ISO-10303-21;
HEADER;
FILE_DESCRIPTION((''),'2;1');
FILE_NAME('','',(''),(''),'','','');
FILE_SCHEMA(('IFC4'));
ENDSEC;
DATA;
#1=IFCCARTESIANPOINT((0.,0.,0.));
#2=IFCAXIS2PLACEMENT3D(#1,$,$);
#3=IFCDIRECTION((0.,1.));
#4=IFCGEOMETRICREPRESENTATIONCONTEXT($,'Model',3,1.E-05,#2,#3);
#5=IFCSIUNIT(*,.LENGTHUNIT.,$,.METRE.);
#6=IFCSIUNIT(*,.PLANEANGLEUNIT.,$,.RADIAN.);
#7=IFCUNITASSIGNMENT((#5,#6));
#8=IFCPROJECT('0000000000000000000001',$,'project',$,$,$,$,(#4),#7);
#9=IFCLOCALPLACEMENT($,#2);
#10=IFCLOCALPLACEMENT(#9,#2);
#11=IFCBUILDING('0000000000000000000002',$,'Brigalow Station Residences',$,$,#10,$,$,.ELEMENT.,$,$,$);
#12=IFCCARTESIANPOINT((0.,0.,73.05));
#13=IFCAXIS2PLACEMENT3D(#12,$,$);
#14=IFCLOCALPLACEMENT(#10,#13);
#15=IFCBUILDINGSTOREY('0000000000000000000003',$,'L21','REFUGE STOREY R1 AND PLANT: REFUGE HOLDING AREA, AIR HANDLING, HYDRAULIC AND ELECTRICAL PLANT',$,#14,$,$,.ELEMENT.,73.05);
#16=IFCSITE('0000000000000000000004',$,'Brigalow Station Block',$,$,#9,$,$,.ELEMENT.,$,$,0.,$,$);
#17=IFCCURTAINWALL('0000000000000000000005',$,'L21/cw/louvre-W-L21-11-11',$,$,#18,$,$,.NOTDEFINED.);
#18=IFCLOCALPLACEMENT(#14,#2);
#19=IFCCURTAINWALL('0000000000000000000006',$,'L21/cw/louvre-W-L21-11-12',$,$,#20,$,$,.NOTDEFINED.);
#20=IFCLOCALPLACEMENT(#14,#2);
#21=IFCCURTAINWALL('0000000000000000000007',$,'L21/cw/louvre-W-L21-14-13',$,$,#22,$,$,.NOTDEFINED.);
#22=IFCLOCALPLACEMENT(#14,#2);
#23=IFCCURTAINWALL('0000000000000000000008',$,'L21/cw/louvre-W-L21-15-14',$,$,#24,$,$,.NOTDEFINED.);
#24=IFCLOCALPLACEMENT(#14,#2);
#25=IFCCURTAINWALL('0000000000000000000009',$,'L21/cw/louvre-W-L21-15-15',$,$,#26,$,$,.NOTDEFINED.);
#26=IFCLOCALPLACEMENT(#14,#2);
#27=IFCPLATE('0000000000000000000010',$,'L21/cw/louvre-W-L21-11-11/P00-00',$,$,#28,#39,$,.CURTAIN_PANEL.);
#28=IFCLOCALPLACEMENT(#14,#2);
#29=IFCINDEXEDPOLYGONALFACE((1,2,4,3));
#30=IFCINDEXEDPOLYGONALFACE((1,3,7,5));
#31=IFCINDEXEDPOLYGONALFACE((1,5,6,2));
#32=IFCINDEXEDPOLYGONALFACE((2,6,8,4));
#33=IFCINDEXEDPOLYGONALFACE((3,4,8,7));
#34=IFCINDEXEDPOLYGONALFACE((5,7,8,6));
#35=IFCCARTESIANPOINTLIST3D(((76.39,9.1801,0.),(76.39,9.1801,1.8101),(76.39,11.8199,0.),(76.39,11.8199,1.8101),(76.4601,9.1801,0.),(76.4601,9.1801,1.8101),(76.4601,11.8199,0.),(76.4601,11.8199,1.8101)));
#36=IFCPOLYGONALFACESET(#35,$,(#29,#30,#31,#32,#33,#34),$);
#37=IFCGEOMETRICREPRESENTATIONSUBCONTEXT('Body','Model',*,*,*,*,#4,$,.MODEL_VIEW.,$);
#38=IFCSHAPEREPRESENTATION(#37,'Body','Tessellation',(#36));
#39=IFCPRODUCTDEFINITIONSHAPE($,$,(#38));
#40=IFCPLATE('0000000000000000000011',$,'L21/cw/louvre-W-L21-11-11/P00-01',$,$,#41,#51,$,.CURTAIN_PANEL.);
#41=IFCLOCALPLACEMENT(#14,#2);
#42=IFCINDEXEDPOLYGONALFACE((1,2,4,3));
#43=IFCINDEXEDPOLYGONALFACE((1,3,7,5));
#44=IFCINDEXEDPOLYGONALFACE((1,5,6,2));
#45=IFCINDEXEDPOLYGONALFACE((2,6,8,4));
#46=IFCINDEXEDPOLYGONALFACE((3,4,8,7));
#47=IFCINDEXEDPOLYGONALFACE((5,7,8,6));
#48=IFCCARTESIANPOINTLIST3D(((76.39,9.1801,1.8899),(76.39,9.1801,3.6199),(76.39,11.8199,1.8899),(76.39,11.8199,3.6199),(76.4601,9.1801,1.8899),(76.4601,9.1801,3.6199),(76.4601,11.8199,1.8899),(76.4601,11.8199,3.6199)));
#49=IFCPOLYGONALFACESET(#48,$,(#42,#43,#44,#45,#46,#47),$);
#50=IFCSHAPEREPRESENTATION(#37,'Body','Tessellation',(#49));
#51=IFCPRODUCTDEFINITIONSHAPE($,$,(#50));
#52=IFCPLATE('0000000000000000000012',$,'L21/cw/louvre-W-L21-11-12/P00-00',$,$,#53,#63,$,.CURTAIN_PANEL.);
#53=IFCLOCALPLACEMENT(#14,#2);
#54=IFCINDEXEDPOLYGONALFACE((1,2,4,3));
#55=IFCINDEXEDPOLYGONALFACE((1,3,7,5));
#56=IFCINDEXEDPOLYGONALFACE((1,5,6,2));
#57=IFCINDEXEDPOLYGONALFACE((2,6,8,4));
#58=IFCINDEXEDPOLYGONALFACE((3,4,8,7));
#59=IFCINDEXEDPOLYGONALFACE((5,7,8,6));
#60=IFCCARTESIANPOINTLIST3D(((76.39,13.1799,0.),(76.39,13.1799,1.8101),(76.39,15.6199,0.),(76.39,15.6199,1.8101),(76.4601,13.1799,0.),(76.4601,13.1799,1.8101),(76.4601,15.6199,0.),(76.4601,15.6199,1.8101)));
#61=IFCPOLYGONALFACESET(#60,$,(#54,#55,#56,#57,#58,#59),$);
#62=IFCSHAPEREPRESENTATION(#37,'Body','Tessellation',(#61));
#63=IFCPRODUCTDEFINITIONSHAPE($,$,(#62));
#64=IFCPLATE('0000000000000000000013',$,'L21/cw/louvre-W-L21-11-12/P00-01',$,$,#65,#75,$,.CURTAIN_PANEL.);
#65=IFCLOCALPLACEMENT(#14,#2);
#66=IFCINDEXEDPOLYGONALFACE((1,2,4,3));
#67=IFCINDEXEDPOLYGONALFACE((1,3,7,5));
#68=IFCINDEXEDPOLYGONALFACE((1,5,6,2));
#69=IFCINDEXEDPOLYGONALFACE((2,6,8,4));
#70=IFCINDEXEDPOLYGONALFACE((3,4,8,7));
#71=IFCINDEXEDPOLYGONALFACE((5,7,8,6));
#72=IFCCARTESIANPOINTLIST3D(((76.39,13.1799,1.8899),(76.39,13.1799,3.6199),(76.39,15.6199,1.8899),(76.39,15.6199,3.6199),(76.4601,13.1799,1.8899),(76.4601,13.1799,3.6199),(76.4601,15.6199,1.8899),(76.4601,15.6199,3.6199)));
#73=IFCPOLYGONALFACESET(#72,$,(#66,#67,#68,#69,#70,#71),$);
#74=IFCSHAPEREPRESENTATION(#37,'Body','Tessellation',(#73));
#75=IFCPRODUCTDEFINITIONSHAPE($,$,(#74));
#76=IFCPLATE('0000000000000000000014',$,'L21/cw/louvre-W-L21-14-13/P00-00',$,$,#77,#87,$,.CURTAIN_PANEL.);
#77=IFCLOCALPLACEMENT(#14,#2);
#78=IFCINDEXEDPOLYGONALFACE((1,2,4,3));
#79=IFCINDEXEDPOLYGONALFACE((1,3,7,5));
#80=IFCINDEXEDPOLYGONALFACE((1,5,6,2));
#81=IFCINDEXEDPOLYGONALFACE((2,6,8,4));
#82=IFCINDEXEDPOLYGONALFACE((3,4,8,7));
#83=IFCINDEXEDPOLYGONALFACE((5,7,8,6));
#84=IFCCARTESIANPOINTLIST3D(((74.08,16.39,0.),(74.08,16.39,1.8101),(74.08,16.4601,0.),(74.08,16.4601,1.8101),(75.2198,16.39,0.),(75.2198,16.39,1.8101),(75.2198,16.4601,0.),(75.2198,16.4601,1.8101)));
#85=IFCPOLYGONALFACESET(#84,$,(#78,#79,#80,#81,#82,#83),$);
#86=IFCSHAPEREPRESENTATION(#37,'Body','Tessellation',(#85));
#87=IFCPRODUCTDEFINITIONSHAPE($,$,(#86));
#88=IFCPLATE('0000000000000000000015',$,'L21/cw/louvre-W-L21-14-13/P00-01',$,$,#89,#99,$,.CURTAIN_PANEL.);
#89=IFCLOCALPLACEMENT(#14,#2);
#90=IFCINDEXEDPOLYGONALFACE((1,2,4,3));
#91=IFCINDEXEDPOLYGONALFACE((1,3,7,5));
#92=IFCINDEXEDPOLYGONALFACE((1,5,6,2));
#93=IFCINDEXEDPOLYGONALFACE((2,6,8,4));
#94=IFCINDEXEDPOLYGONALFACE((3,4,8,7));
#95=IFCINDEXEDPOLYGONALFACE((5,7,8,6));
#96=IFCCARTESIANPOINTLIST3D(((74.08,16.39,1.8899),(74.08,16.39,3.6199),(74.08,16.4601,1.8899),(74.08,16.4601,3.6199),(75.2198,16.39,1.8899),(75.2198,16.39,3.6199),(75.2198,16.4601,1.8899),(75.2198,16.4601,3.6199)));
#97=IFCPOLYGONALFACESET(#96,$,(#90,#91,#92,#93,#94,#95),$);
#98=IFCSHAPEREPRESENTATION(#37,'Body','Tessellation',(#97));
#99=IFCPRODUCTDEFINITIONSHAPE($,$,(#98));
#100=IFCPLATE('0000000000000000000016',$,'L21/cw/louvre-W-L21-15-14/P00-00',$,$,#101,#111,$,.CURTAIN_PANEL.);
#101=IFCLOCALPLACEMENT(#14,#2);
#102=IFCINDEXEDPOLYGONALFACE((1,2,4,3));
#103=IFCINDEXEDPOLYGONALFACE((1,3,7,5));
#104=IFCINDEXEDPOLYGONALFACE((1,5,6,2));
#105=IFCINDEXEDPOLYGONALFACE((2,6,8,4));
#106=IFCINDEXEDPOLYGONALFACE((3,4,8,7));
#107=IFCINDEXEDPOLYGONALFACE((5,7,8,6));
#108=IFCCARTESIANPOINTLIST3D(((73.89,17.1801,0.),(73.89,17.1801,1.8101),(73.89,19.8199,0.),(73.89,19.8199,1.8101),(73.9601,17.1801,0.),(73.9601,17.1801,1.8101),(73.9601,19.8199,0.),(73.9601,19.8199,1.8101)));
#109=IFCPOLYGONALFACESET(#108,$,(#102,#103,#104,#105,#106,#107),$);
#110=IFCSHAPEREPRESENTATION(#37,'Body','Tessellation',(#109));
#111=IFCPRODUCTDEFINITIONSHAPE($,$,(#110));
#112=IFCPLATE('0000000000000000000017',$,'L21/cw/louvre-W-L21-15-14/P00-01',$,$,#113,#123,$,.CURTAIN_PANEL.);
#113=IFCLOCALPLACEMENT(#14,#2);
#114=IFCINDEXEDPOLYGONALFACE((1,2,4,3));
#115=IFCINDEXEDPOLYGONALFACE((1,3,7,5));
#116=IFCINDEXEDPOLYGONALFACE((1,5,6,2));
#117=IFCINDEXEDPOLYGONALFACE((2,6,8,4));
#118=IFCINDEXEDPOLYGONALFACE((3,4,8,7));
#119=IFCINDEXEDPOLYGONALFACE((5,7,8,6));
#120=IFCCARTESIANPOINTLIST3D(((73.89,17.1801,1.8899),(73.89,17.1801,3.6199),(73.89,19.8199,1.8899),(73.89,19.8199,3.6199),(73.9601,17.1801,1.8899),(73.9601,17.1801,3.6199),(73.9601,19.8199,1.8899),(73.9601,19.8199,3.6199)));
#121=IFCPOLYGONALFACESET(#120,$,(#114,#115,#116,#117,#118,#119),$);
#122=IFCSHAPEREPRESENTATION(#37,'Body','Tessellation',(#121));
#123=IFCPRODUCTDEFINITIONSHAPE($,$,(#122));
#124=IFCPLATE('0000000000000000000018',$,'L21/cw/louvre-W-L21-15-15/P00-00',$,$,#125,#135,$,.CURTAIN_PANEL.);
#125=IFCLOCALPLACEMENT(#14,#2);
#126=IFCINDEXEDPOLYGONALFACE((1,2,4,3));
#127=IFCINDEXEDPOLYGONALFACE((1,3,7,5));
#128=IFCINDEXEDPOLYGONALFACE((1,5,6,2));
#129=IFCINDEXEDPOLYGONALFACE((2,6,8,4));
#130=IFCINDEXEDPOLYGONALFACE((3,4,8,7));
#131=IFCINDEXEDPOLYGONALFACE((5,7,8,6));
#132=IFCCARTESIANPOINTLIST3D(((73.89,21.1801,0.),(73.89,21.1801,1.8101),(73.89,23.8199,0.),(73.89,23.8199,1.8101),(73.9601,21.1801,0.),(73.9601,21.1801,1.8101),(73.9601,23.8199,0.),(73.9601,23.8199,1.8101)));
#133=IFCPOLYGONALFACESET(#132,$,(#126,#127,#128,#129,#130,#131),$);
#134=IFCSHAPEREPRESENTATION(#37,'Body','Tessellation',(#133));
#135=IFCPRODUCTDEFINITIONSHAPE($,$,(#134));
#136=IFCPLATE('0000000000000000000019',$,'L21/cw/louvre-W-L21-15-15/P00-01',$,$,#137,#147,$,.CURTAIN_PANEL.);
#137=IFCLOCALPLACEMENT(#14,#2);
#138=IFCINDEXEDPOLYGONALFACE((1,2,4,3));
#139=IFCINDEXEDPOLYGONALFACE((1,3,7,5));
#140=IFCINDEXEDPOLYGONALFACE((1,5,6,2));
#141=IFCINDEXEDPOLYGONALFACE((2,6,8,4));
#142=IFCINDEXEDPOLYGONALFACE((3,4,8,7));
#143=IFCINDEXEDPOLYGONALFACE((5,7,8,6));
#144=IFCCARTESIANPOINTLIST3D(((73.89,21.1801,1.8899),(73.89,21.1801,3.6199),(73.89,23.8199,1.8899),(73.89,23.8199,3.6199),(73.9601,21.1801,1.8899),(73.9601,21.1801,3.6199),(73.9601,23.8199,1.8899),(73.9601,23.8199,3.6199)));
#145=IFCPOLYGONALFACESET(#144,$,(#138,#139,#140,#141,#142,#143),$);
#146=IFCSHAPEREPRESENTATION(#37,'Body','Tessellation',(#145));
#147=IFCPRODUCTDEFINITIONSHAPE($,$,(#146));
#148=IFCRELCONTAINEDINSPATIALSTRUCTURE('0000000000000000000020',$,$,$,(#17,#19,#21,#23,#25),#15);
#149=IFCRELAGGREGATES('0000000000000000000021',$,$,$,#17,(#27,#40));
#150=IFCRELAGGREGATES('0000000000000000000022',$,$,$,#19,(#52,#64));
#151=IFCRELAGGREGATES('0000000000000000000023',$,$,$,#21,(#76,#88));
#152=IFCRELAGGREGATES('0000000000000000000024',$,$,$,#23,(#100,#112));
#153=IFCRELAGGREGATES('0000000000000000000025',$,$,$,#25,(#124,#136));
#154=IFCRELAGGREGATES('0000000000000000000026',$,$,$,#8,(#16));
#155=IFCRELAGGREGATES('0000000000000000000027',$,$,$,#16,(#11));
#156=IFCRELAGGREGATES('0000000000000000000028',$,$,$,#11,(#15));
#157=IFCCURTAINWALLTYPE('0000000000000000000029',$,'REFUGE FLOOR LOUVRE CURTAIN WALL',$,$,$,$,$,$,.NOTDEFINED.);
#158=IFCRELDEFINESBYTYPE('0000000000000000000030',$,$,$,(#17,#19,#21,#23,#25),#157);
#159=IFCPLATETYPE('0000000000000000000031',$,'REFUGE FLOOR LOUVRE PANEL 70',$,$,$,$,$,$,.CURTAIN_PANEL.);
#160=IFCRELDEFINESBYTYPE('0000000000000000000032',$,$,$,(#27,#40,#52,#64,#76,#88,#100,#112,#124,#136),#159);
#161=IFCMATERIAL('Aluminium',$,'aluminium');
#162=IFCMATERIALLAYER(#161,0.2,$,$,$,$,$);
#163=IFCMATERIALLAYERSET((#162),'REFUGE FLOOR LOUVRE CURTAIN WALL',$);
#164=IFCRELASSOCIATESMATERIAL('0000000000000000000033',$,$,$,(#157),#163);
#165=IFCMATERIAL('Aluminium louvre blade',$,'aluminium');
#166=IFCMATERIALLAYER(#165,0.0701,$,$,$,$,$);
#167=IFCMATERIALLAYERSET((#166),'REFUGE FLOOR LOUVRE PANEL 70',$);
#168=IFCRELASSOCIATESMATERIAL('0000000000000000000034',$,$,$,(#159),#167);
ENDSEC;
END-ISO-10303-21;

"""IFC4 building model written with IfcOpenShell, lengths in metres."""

from ifc_helpers import new_model, si_unit, direction, frame, origin, origin_2d, place, context, subcontext, project, spatial, rectangle, extrude, material, layer, layer_set, type_object, element, aggregate, save


model = new_model("IFC4")

# Units and contexts
model_context = context("Model", 3, precision=1e-05, world=origin(), true_north=direction((0.0, 1.0)))
body_context = subcontext(model_context, "Body", "Model", "MODEL_VIEW")
ifc_project = project(units=[si_unit("LENGTHUNIT", "METRE"), si_unit("PLANEANGLEUNIT", "RADIAN")], contexts=[model_context])

# Site, building, storey
site_placement = place(None, origin())
site = spatial("IfcSite", under=ifc_project, at=site_placement, Name="Brigalow Station Block", CompositionType="ELEMENT", RefElevation=0.0)
building_placement = place(site_placement, origin())
building = spatial("IfcBuilding", under=site, at=building_placement, Name="Brigalow Station Residences", CompositionType="ELEMENT")
storey_placement = place(building_placement, frame((0.0, 0.0, 73.05)))
storey = spatial("IfcBuildingStorey", under=building, at=storey_placement, Name="L21", Description="REFUGE STOREY R1 AND PLANT: REFUGE HOLDING AREA, AIR HANDLING, HYDRAULIC AND ELECTRICAL PLANT", CompositionType="ELEMENT", Elevation=73.05)

# Curtain walls
ifc_material_1 = material(Name="Aluminium", Category="aluminium")
ifc_layer_1 = layer(ifc_material_1, 0.2)
ifc_layer_set_1 = layer_set([ifc_layer_1], Name="REFUGE FLOOR LOUVRE CURTAIN WALL")
curtain_wall_type = type_object("IfcCurtainWallType", Name="REFUGE FLOOR LOUVRE CURTAIN WALL", PredefinedType="NOTDEFINED", material=ifc_layer_set_1)
curtain_wall_1_placement = place(storey_placement, origin())
curtain_wall_1 = element("IfcCurtainWall", 1, at=curtain_wall_1_placement, inside=storey, type_object=curtain_wall_type, Name="L21/cw/louvre-W-L21-11-11", PredefinedType="NOTDEFINED")
curtain_wall_2_placement = place(storey_placement, origin())
curtain_wall_2 = element("IfcCurtainWall", 2, at=curtain_wall_2_placement, inside=storey, type_object=curtain_wall_type, Name="L21/cw/louvre-W-L21-11-12", PredefinedType="NOTDEFINED")
curtain_wall_3_placement = place(storey_placement, origin())
curtain_wall_3 = element("IfcCurtainWall", 3, at=curtain_wall_3_placement, inside=storey, type_object=curtain_wall_type, Name="L21/cw/louvre-W-L21-14-13", PredefinedType="NOTDEFINED")
curtain_wall_4_placement = place(storey_placement, origin())
curtain_wall_4 = element("IfcCurtainWall", 4, at=curtain_wall_4_placement, inside=storey, type_object=curtain_wall_type, Name="L21/cw/louvre-W-L21-15-14", PredefinedType="NOTDEFINED")
curtain_wall_5_placement = place(storey_placement, origin())
curtain_wall_5 = element("IfcCurtainWall", 5, at=curtain_wall_5_placement, inside=storey, type_object=curtain_wall_type, Name="L21/cw/louvre-W-L21-15-15", PredefinedType="NOTDEFINED")

# Plates
ifc_material_2 = material(Name="Aluminium louvre blade", Category="aluminium")
ifc_layer_2 = layer(ifc_material_2, 0.0701)
ifc_layer_set_2 = layer_set([ifc_layer_2], Name="REFUGE FLOOR LOUVRE PANEL 70")
plate_type = type_object("IfcPlateType", Name="REFUGE FLOOR LOUVRE PANEL 70", PredefinedType="CURTAIN_PANEL", material=ifc_layer_set_2)
plate_1_placement = place(storey_placement, frame((76.425, 10.5, 0.0), z_axis=(0.0, 0.0, 1.0), x_axis=(0.0, 1.0, 0.0)))
plate_1 = element("IfcPlate", 6, at=plate_1_placement, type_object=plate_type, Name="L21/cw/louvre-W-L21-11-11/P00-00", PredefinedType="CURTAIN_PANEL", context=body_context, shape_type="SweptSolid", body=[
    extrude(rectangle(XDim=2.6399, YDim=0.0701, at=origin_2d()), origin(), (0.0, 0.0, 1.0), 1.8101),
])
plate_2_placement = place(storey_placement, frame((76.425, 10.5, 1.8899), z_axis=(0.0, 0.0, 1.0), x_axis=(0.0, 1.0, 0.0)))
plate_2 = element("IfcPlate", 7, at=plate_2_placement, type_object=plate_type, Name="L21/cw/louvre-W-L21-11-11/P00-01", PredefinedType="CURTAIN_PANEL", context=body_context, shape_type="SweptSolid", body=[
    extrude(rectangle(XDim=2.6399, YDim=0.0701, at=origin_2d()), origin(), (0.0, 0.0, 1.0), 1.73),
])
aggregate(curtain_wall_1, [plate_1, plate_2])
plate_3_placement = place(storey_placement, frame((76.425, 14.3999, 0.0), z_axis=(0.0, 0.0, 1.0), x_axis=(0.0, 1.0, 0.0)))
plate_3 = element("IfcPlate", 8, at=plate_3_placement, type_object=plate_type, Name="L21/cw/louvre-W-L21-11-12/P00-00", PredefinedType="CURTAIN_PANEL", context=body_context, shape_type="SweptSolid", body=[
    extrude(rectangle(XDim=2.4399, YDim=0.0701, at=origin_2d()), origin(), (0.0, 0.0, 1.0), 1.8101),
])
plate_4_placement = place(storey_placement, frame((76.425, 14.3999, 1.8899), z_axis=(0.0, 0.0, 1.0), x_axis=(0.0, 1.0, 0.0)))
plate_4 = element("IfcPlate", 9, at=plate_4_placement, type_object=plate_type, Name="L21/cw/louvre-W-L21-11-12/P00-01", PredefinedType="CURTAIN_PANEL", context=body_context, shape_type="SweptSolid", body=[
    extrude(rectangle(XDim=2.4399, YDim=0.0701, at=origin_2d()), origin(), (0.0, 0.0, 1.0), 1.73),
])
aggregate(curtain_wall_2, [plate_3, plate_4])
plate_5_placement = place(storey_placement, frame((74.6499, 16.425, 0.0), z_axis=(0.0, 0.0, 1.0), x_axis=(-1.0, 0.0, 0.0)))
plate_5 = element("IfcPlate", 10, at=plate_5_placement, type_object=plate_type, Name="L21/cw/louvre-W-L21-14-13/P00-00", PredefinedType="CURTAIN_PANEL", context=body_context, shape_type="SweptSolid", body=[
    extrude(rectangle(XDim=1.1399, YDim=0.0701, at=origin_2d()), origin(), (0.0, 0.0, 1.0), 1.8101),
])
plate_6_placement = place(storey_placement, frame((74.6499, 16.425, 1.8899), z_axis=(0.0, 0.0, 1.0), x_axis=(-1.0, 0.0, 0.0)))
plate_6 = element("IfcPlate", 11, at=plate_6_placement, type_object=plate_type, Name="L21/cw/louvre-W-L21-14-13/P00-01", PredefinedType="CURTAIN_PANEL", context=body_context, shape_type="SweptSolid", body=[
    extrude(rectangle(XDim=1.1399, YDim=0.0701, at=origin_2d()), origin(), (0.0, 0.0, 1.0), 1.73),
])
aggregate(curtain_wall_3, [plate_5, plate_6])
plate_7_placement = place(storey_placement, frame((73.925, 18.5, 0.0), z_axis=(0.0, 0.0, 1.0), x_axis=(0.0, 1.0, 0.0)))
plate_7 = element("IfcPlate", 12, at=plate_7_placement, type_object=plate_type, Name="L21/cw/louvre-W-L21-15-14/P00-00", PredefinedType="CURTAIN_PANEL", context=body_context, shape_type="SweptSolid", body=[
    extrude(rectangle(XDim=2.6399, YDim=0.0701, at=origin_2d()), origin(), (0.0, 0.0, 1.0), 1.8101),
])
plate_8_placement = place(storey_placement, frame((73.925, 18.5, 1.8899), z_axis=(0.0, 0.0, 1.0), x_axis=(0.0, 1.0, 0.0)))
plate_8 = element("IfcPlate", 13, at=plate_8_placement, type_object=plate_type, Name="L21/cw/louvre-W-L21-15-14/P00-01", PredefinedType="CURTAIN_PANEL", context=body_context, shape_type="SweptSolid", body=[
    extrude(rectangle(XDim=2.6399, YDim=0.0701, at=origin_2d()), origin(), (0.0, 0.0, 1.0), 1.73),
])
aggregate(curtain_wall_4, [plate_7, plate_8])
plate_9_placement = place(storey_placement, frame((73.925, 22.5, 0.0), z_axis=(0.0, 0.0, 1.0), x_axis=(0.0, 1.0, 0.0)))
plate_9 = element("IfcPlate", 14, at=plate_9_placement, type_object=plate_type, Name="L21/cw/louvre-W-L21-15-15/P00-00", PredefinedType="CURTAIN_PANEL", context=body_context, shape_type="SweptSolid", body=[
    extrude(rectangle(XDim=2.6399, YDim=0.0701, at=origin_2d()), origin(), (0.0, 0.0, 1.0), 1.8101),
])
plate_10_placement = place(storey_placement, frame((73.925, 22.5, 1.8899), z_axis=(0.0, 0.0, 1.0), x_axis=(0.0, 1.0, 0.0)))
plate_10 = element("IfcPlate", 15, at=plate_10_placement, type_object=plate_type, Name="L21/cw/louvre-W-L21-15-15/P00-01", PredefinedType="CURTAIN_PANEL", context=body_context, shape_type="SweptSolid", body=[
    extrude(rectangle(XDim=2.6399, YDim=0.0701, at=origin_2d()), origin(), (0.0, 0.0, 1.0), 1.73),
])
aggregate(curtain_wall_5, [plate_9, plate_10])

save(model, "model.ifc")
